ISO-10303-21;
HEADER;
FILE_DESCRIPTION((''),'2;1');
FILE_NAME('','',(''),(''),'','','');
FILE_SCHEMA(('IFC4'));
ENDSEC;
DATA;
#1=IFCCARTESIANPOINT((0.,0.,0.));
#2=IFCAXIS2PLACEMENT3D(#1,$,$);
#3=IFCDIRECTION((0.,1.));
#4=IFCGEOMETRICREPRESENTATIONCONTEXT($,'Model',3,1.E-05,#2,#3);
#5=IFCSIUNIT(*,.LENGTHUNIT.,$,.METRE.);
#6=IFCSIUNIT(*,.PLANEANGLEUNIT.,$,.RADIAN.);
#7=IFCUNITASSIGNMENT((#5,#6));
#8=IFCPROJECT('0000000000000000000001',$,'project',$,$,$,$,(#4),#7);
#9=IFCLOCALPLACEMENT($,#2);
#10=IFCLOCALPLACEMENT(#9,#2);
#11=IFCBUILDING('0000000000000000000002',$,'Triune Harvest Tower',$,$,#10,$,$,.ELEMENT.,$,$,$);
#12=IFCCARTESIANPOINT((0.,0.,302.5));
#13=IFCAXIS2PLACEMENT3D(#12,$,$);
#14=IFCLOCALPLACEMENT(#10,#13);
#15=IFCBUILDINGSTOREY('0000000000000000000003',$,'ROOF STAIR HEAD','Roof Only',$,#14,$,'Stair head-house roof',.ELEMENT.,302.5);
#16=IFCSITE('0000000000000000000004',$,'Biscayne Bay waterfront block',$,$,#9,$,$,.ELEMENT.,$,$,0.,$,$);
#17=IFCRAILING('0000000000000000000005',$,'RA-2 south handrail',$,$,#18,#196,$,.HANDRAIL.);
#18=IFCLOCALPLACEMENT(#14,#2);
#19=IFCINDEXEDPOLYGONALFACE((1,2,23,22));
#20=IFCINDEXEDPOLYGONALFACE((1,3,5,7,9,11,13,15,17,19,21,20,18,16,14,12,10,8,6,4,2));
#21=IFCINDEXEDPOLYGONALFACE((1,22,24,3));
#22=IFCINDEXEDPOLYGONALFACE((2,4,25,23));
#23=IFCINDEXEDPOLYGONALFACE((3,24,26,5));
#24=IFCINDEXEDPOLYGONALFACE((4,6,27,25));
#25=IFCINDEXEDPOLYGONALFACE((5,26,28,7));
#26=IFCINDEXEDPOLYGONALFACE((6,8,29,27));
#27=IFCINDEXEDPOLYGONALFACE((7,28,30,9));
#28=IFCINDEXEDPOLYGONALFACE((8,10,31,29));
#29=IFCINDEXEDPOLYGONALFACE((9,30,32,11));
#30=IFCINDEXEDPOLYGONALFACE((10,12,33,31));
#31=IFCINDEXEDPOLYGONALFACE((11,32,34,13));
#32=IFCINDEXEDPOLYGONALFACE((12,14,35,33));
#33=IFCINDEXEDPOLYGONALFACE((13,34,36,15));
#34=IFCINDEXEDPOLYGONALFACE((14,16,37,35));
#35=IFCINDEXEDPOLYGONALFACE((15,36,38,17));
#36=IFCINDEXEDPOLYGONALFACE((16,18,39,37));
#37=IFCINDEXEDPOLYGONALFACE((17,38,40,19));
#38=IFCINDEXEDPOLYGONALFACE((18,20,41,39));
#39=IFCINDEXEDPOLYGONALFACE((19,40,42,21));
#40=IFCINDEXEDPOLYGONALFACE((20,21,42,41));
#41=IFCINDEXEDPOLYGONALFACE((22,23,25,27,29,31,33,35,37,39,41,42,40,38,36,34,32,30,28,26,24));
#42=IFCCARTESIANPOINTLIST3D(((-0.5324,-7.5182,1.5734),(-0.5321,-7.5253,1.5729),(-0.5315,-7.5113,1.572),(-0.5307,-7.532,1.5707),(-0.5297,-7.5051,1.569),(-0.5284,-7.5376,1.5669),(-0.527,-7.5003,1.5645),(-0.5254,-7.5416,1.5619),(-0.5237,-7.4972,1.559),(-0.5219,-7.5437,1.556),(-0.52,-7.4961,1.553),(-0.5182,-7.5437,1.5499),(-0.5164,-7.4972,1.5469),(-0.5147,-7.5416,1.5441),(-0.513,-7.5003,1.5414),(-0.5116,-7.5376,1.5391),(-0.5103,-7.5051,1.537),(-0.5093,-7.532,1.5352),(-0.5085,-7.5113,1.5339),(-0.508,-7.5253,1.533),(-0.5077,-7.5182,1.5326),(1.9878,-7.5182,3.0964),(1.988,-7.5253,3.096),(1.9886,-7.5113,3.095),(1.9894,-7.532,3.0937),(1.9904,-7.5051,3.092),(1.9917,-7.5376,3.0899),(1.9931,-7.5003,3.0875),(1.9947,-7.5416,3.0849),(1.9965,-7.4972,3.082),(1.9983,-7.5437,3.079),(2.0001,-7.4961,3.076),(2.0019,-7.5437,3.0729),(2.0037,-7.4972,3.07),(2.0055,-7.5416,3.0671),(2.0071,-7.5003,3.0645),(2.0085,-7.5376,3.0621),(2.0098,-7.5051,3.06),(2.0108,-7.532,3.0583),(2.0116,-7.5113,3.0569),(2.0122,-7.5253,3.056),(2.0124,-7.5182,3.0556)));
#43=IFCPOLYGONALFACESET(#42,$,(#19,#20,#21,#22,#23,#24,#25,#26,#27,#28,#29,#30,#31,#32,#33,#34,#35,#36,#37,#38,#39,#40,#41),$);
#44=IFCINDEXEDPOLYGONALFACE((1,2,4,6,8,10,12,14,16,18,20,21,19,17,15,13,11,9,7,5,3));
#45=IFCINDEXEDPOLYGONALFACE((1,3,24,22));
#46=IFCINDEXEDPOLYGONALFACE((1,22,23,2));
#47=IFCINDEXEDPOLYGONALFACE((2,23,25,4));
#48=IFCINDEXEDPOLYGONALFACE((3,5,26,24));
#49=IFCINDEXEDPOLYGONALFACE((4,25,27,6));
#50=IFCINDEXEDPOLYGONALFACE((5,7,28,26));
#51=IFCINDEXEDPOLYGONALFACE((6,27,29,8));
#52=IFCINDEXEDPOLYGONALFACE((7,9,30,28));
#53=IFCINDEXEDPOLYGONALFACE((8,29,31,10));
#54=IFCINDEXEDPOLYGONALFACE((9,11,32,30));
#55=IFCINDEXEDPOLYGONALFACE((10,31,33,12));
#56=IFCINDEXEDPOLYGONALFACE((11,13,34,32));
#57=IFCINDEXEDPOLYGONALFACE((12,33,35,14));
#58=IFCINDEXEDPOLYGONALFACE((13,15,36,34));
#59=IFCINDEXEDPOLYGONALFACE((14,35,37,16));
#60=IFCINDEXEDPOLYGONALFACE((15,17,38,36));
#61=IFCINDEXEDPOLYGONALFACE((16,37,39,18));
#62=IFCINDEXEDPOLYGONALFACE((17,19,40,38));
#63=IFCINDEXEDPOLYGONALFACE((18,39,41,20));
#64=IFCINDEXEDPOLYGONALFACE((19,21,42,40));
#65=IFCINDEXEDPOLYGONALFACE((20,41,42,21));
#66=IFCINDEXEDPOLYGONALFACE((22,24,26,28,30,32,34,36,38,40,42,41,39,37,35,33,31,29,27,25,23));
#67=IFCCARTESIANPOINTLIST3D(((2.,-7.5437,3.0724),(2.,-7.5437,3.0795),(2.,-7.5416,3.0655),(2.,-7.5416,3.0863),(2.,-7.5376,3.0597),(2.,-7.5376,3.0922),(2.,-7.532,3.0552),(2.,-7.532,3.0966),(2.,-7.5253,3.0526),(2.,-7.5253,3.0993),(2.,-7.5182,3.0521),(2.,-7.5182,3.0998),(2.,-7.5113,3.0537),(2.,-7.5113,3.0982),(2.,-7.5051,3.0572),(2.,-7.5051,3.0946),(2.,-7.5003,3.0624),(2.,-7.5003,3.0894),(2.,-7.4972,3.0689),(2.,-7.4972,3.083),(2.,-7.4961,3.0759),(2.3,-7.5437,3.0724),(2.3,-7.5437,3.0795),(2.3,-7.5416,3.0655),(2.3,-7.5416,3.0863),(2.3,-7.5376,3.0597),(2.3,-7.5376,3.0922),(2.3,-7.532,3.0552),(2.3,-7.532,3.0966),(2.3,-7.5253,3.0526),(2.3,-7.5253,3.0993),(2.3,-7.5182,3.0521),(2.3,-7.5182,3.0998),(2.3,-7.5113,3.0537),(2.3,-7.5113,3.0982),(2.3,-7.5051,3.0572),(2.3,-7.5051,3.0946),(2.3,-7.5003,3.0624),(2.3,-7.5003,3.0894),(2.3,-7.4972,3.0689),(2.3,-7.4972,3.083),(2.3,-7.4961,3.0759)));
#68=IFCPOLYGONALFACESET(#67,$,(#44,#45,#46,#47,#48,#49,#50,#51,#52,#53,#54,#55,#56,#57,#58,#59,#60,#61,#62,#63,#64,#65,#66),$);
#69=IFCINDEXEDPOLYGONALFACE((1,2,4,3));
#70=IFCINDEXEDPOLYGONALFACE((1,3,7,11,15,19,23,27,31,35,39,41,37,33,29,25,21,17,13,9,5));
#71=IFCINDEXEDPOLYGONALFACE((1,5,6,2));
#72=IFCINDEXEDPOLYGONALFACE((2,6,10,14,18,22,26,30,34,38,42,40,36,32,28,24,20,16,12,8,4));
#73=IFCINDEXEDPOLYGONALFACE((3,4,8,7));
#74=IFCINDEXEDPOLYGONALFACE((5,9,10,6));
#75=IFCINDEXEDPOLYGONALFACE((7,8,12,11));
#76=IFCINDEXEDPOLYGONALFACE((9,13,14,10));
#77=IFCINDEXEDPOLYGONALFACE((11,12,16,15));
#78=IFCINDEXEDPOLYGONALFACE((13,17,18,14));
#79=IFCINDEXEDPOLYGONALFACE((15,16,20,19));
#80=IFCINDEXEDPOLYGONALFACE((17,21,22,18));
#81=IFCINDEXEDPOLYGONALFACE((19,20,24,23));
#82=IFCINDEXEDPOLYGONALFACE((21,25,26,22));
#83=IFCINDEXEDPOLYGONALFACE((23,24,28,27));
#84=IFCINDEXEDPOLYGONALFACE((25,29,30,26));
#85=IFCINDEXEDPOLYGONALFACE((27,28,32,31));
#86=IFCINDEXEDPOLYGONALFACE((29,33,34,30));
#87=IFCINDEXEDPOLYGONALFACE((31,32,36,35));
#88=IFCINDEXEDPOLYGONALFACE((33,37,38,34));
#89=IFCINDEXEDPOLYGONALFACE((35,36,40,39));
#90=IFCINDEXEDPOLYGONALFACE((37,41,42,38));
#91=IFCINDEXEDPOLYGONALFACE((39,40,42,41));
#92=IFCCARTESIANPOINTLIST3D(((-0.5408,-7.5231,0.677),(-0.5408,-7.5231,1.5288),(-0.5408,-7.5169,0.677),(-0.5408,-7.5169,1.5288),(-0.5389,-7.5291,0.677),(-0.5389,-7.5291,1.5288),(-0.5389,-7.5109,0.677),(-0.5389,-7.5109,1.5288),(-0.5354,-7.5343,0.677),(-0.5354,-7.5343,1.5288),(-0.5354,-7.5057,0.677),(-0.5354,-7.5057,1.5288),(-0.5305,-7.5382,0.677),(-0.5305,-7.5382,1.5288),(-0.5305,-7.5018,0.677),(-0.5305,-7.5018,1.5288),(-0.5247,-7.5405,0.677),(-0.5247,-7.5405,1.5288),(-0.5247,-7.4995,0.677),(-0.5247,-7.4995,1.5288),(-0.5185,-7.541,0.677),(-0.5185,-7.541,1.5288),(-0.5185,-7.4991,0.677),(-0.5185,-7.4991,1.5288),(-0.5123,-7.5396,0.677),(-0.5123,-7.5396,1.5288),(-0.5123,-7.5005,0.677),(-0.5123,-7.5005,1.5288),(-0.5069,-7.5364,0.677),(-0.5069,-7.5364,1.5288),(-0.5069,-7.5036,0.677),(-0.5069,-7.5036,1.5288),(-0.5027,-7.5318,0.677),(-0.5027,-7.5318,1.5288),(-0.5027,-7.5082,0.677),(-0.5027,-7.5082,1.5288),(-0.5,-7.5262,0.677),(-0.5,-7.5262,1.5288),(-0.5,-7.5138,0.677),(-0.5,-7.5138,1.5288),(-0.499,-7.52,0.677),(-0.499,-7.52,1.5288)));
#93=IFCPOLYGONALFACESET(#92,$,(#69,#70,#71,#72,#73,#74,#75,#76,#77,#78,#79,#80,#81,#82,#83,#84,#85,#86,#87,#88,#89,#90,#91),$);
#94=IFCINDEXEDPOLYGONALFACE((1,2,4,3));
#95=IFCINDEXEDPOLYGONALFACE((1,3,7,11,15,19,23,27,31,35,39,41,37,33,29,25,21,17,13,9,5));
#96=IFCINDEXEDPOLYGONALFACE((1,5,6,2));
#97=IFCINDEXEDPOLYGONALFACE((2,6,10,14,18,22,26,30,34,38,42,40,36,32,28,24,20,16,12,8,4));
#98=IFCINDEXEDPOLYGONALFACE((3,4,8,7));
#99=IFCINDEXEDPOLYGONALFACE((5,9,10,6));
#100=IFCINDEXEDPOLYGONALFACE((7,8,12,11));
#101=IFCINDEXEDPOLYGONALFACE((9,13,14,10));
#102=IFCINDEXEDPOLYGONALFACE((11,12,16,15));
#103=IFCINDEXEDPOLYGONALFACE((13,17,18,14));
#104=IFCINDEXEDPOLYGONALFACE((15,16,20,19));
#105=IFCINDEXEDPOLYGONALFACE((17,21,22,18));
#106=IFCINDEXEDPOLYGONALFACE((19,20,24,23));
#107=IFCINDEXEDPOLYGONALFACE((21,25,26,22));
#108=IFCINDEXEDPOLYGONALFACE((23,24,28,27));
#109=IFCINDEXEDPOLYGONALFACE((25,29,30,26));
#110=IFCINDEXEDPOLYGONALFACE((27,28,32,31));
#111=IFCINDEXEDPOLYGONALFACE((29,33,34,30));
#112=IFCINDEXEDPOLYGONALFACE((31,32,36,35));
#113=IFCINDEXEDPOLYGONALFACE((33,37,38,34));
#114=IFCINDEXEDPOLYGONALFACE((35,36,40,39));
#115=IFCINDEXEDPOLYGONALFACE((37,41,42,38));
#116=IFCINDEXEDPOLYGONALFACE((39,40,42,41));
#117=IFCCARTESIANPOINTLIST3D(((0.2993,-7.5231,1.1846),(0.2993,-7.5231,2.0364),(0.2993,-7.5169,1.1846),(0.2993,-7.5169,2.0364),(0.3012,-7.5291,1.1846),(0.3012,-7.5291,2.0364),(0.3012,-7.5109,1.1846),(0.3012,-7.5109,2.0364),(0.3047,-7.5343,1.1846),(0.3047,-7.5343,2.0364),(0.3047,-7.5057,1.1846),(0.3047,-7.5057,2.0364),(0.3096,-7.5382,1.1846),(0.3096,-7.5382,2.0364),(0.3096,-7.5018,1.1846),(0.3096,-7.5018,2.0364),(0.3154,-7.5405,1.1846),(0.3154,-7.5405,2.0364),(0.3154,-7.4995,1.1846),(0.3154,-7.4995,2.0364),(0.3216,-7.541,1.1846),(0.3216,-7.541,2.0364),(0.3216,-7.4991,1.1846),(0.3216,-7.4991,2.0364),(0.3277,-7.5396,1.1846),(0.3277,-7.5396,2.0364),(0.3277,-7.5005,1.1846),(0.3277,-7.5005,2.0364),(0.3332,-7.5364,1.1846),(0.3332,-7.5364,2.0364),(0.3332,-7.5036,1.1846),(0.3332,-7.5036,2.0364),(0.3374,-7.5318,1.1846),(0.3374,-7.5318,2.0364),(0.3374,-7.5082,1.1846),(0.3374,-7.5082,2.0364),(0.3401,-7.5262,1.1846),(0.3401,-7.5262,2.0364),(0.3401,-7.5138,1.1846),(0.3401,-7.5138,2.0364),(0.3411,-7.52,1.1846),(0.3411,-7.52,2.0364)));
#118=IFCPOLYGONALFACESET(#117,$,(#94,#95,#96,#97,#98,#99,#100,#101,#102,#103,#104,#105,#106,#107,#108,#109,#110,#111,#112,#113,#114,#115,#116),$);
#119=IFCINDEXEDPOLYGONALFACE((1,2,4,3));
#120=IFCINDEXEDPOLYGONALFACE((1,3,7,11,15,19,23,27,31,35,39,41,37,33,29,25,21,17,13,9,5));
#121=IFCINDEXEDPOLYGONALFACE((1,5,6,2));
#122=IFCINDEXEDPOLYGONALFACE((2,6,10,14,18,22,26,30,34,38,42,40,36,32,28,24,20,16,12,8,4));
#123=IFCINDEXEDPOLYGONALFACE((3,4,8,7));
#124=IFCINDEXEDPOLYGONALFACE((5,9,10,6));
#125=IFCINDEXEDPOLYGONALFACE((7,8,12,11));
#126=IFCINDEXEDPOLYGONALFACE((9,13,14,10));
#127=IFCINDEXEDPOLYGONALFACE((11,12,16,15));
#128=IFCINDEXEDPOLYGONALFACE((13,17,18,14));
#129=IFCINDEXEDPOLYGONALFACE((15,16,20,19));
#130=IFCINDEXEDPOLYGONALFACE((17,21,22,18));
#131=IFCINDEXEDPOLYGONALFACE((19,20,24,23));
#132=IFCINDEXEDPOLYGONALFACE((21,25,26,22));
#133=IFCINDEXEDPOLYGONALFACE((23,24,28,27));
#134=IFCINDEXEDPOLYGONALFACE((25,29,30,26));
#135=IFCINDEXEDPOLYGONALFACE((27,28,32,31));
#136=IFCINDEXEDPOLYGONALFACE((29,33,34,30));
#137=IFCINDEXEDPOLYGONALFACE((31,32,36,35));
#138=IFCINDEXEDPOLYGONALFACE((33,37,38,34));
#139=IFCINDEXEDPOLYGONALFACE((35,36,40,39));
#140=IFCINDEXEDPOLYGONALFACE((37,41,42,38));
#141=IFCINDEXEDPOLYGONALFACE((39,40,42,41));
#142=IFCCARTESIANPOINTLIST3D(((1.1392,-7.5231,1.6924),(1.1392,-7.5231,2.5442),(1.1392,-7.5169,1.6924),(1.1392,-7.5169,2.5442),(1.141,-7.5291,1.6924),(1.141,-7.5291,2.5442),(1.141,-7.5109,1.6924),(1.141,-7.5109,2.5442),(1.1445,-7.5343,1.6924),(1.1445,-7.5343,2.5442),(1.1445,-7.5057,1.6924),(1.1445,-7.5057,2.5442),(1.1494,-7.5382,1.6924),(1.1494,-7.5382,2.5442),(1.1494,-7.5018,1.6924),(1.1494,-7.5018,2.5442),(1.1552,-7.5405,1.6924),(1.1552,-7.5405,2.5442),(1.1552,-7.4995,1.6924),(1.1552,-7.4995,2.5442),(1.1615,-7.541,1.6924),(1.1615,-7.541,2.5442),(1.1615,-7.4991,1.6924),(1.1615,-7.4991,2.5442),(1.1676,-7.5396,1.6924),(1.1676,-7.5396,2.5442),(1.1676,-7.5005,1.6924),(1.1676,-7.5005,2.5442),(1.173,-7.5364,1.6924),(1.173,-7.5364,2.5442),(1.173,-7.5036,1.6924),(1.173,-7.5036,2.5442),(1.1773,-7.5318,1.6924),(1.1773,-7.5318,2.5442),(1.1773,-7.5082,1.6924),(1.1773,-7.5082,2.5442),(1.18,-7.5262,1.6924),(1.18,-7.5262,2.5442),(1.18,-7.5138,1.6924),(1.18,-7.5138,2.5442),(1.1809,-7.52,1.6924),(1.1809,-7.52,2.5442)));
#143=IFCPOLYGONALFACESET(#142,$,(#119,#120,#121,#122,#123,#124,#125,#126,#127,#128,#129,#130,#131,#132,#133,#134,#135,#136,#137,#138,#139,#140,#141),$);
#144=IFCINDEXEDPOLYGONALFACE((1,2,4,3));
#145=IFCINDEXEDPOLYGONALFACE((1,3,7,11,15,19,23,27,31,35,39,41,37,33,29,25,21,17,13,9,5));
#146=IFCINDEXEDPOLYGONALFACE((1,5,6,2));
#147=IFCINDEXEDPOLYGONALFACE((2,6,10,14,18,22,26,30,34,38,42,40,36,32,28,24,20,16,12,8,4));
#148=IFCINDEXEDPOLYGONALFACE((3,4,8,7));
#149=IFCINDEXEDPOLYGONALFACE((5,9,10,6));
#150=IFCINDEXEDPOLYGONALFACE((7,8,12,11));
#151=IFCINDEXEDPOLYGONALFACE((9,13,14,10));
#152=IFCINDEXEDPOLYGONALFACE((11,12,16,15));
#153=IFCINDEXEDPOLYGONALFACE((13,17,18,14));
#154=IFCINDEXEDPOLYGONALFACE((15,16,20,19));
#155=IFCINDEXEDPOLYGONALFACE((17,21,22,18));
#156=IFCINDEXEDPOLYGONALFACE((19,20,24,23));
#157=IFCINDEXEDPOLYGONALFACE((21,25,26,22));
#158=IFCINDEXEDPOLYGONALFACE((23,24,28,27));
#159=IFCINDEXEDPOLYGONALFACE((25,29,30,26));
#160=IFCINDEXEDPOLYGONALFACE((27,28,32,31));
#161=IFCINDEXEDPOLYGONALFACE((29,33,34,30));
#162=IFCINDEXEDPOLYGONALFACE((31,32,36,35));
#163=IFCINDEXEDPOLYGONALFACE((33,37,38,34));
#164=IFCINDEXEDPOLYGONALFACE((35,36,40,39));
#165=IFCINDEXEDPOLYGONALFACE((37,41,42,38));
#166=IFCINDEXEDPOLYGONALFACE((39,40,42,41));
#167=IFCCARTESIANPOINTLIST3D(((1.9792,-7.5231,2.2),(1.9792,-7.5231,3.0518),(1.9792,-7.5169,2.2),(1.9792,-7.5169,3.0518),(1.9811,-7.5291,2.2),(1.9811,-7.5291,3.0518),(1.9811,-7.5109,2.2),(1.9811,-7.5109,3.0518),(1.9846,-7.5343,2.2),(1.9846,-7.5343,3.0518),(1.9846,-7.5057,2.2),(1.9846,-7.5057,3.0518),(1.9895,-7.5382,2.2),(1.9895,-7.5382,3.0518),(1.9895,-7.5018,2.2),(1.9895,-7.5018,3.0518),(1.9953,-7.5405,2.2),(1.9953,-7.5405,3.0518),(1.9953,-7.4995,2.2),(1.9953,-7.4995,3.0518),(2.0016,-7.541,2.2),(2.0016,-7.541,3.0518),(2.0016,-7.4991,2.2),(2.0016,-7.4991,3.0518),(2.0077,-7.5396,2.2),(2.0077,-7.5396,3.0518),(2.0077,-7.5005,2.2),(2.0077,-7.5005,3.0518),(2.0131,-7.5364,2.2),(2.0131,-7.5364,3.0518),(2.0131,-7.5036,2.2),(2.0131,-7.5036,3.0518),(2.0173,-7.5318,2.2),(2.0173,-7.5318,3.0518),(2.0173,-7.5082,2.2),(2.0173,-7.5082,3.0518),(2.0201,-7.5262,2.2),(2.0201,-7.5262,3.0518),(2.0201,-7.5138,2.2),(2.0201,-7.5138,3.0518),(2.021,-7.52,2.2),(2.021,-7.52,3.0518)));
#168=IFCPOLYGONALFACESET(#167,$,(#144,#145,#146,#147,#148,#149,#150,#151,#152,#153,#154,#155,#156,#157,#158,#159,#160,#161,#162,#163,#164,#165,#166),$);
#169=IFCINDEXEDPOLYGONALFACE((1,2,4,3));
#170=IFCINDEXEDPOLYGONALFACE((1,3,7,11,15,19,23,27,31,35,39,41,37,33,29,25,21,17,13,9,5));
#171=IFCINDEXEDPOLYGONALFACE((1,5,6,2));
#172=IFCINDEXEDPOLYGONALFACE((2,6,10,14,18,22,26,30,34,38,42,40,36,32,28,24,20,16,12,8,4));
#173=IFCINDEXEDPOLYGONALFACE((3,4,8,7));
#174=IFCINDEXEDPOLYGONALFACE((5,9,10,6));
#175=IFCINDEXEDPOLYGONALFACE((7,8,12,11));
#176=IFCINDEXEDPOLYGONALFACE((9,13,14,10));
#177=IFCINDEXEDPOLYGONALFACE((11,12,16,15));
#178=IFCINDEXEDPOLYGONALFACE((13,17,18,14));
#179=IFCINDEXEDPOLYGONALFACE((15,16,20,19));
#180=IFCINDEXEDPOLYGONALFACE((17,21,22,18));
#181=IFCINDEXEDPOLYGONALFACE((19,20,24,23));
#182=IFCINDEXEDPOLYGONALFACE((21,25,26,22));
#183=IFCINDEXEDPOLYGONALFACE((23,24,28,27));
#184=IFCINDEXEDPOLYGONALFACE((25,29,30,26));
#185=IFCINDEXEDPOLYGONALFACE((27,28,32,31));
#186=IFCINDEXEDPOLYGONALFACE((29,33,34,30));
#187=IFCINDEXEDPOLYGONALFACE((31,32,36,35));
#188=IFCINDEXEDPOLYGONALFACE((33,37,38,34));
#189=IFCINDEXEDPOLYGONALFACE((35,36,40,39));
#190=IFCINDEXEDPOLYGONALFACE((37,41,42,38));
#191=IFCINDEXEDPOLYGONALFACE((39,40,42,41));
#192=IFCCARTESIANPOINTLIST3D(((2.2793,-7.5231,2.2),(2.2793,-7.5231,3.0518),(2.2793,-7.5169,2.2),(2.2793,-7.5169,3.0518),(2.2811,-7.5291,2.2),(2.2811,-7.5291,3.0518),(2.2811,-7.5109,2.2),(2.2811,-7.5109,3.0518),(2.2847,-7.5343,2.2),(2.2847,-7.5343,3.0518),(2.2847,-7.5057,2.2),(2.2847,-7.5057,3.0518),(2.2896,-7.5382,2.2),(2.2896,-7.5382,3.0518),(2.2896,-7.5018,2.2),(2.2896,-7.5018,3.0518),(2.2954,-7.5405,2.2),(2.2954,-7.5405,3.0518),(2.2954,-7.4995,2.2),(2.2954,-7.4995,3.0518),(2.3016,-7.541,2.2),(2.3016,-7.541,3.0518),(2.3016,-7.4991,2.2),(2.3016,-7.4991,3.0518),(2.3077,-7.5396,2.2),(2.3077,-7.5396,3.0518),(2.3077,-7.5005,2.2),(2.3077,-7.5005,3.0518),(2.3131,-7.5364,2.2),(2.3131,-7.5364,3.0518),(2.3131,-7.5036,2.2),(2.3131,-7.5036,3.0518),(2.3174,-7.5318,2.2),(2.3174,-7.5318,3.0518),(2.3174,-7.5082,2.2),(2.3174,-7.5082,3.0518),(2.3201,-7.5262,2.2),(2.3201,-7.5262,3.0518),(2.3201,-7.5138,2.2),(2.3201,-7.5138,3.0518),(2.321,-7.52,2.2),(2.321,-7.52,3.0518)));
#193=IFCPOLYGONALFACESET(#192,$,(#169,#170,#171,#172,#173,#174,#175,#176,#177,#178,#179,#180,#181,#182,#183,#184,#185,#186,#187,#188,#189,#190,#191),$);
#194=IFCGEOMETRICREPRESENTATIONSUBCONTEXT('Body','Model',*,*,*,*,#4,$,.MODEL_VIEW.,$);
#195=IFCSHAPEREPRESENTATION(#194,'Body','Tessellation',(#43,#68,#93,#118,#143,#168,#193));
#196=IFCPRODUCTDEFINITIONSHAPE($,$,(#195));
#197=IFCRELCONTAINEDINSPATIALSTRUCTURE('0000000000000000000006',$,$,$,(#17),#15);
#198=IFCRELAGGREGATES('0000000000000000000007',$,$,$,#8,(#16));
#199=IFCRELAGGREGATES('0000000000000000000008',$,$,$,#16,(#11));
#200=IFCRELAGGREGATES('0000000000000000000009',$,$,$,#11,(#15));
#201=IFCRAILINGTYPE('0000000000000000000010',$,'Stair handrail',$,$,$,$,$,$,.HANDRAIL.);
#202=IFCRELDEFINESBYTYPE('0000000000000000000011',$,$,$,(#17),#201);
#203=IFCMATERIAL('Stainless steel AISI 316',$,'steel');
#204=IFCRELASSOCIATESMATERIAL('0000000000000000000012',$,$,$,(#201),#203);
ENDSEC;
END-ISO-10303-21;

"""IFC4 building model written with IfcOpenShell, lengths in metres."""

from ifc_helpers import new_model, si_unit, direction, frame, origin, origin_2d, place, context, subcontext, project, spatial, circle, extrude, source, transform, mapped, material, type_object, element, save


model = new_model("IFC4")

# Units and contexts
model_context = context("Model", 3, precision=1e-05, world=origin(), true_north=direction((0.0, 1.0)))
body_context = subcontext(model_context, "Body", "Model", "MODEL_VIEW")
ifc_project = project(units=[si_unit("LENGTHUNIT", "METRE"), si_unit("PLANEANGLEUNIT", "RADIAN")], contexts=[model_context])

# Site, building, storey
site_placement = place(None, origin())
site = spatial("IfcSite", under=ifc_project, at=site_placement, Name="Biscayne Bay waterfront block", CompositionType="ELEMENT", RefElevation=0.0)
building_placement = place(site_placement, origin())
building = spatial("IfcBuilding", under=site, at=building_placement, Name="Triune Harvest Tower", CompositionType="ELEMENT")
storey_placement = place(building_placement, frame((0.0, 0.0, 302.5)))
storey = spatial("IfcBuildingStorey", under=building, at=storey_placement, Name="ROOF STAIR HEAD", Description="Roof Only", LongName="Stair head-house roof", CompositionType="ELEMENT", Elevation=302.5)

# Railing
ifc_material_1 = material(Name="Stainless steel AISI 316", Category="steel")
railing_type_1 = type_object("IfcRailingType", Name="Stair handrail", PredefinedType="HANDRAIL", material=ifc_material_1)
shared_shape_1 = source(origin(), body_context, "Body", "SweptSolid", [
    extrude(circle(Radius=0.0239, at=origin_2d()), frame((0.0, 0.0, 0.876), z_axis=(0.85585, 0.0, 0.517224), x_axis=(0.0, 1.0, 0.0)), (0.0, 0.0, 1.0), 2.9446),
    extrude(circle(Radius=0.0239, at=origin_2d()), frame((2.52, 0.0, 2.3989), z_axis=(1.0, 0.0, 0.0), x_axis=(0.0, 1.0, 0.0)), (0.0, 0.0, 1.0), 0.3),
    extrude(circle(Radius=0.021, at=origin_2d()), origin(), (0.0, 0.0, 1.0), 0.8518),
    extrude(circle(Radius=0.021, at=origin_2d()), frame((0.8401, 0.0, 0.5076)), (0.0, 0.0, 1.0), 0.8518),
    extrude(circle(Radius=0.021, at=origin_2d()), frame((1.6799, 0.0, 1.0154)), (0.0, 0.0, 1.0), 0.8518),
    extrude(circle(Radius=0.021, at=origin_2d()), frame((2.52, 0.0, 1.5229)), (0.0, 0.0, 1.0), 0.8518),
    extrude(circle(Radius=0.021, at=origin_2d()), frame((2.8201, 0.0, 1.5229)), (0.0, 0.0, 1.0), 0.8518),
])
for number, where, name in (
    (1, (-0.52, -7.52, 0.677), "RA-2 south handrail"),
):
    element("IfcRailing", number, at=place(storey_placement, frame(where)), inside=storey, type_object=railing_type_1, Name=name, PredefinedType="HANDRAIL", context=body_context, shape_type="MappedRepresentation", body=[
        mapped(shared_shape_1, transform((0.0, 0.0, 0.0), scale=1.0)),
    ])

save(model, "model.ifc")
